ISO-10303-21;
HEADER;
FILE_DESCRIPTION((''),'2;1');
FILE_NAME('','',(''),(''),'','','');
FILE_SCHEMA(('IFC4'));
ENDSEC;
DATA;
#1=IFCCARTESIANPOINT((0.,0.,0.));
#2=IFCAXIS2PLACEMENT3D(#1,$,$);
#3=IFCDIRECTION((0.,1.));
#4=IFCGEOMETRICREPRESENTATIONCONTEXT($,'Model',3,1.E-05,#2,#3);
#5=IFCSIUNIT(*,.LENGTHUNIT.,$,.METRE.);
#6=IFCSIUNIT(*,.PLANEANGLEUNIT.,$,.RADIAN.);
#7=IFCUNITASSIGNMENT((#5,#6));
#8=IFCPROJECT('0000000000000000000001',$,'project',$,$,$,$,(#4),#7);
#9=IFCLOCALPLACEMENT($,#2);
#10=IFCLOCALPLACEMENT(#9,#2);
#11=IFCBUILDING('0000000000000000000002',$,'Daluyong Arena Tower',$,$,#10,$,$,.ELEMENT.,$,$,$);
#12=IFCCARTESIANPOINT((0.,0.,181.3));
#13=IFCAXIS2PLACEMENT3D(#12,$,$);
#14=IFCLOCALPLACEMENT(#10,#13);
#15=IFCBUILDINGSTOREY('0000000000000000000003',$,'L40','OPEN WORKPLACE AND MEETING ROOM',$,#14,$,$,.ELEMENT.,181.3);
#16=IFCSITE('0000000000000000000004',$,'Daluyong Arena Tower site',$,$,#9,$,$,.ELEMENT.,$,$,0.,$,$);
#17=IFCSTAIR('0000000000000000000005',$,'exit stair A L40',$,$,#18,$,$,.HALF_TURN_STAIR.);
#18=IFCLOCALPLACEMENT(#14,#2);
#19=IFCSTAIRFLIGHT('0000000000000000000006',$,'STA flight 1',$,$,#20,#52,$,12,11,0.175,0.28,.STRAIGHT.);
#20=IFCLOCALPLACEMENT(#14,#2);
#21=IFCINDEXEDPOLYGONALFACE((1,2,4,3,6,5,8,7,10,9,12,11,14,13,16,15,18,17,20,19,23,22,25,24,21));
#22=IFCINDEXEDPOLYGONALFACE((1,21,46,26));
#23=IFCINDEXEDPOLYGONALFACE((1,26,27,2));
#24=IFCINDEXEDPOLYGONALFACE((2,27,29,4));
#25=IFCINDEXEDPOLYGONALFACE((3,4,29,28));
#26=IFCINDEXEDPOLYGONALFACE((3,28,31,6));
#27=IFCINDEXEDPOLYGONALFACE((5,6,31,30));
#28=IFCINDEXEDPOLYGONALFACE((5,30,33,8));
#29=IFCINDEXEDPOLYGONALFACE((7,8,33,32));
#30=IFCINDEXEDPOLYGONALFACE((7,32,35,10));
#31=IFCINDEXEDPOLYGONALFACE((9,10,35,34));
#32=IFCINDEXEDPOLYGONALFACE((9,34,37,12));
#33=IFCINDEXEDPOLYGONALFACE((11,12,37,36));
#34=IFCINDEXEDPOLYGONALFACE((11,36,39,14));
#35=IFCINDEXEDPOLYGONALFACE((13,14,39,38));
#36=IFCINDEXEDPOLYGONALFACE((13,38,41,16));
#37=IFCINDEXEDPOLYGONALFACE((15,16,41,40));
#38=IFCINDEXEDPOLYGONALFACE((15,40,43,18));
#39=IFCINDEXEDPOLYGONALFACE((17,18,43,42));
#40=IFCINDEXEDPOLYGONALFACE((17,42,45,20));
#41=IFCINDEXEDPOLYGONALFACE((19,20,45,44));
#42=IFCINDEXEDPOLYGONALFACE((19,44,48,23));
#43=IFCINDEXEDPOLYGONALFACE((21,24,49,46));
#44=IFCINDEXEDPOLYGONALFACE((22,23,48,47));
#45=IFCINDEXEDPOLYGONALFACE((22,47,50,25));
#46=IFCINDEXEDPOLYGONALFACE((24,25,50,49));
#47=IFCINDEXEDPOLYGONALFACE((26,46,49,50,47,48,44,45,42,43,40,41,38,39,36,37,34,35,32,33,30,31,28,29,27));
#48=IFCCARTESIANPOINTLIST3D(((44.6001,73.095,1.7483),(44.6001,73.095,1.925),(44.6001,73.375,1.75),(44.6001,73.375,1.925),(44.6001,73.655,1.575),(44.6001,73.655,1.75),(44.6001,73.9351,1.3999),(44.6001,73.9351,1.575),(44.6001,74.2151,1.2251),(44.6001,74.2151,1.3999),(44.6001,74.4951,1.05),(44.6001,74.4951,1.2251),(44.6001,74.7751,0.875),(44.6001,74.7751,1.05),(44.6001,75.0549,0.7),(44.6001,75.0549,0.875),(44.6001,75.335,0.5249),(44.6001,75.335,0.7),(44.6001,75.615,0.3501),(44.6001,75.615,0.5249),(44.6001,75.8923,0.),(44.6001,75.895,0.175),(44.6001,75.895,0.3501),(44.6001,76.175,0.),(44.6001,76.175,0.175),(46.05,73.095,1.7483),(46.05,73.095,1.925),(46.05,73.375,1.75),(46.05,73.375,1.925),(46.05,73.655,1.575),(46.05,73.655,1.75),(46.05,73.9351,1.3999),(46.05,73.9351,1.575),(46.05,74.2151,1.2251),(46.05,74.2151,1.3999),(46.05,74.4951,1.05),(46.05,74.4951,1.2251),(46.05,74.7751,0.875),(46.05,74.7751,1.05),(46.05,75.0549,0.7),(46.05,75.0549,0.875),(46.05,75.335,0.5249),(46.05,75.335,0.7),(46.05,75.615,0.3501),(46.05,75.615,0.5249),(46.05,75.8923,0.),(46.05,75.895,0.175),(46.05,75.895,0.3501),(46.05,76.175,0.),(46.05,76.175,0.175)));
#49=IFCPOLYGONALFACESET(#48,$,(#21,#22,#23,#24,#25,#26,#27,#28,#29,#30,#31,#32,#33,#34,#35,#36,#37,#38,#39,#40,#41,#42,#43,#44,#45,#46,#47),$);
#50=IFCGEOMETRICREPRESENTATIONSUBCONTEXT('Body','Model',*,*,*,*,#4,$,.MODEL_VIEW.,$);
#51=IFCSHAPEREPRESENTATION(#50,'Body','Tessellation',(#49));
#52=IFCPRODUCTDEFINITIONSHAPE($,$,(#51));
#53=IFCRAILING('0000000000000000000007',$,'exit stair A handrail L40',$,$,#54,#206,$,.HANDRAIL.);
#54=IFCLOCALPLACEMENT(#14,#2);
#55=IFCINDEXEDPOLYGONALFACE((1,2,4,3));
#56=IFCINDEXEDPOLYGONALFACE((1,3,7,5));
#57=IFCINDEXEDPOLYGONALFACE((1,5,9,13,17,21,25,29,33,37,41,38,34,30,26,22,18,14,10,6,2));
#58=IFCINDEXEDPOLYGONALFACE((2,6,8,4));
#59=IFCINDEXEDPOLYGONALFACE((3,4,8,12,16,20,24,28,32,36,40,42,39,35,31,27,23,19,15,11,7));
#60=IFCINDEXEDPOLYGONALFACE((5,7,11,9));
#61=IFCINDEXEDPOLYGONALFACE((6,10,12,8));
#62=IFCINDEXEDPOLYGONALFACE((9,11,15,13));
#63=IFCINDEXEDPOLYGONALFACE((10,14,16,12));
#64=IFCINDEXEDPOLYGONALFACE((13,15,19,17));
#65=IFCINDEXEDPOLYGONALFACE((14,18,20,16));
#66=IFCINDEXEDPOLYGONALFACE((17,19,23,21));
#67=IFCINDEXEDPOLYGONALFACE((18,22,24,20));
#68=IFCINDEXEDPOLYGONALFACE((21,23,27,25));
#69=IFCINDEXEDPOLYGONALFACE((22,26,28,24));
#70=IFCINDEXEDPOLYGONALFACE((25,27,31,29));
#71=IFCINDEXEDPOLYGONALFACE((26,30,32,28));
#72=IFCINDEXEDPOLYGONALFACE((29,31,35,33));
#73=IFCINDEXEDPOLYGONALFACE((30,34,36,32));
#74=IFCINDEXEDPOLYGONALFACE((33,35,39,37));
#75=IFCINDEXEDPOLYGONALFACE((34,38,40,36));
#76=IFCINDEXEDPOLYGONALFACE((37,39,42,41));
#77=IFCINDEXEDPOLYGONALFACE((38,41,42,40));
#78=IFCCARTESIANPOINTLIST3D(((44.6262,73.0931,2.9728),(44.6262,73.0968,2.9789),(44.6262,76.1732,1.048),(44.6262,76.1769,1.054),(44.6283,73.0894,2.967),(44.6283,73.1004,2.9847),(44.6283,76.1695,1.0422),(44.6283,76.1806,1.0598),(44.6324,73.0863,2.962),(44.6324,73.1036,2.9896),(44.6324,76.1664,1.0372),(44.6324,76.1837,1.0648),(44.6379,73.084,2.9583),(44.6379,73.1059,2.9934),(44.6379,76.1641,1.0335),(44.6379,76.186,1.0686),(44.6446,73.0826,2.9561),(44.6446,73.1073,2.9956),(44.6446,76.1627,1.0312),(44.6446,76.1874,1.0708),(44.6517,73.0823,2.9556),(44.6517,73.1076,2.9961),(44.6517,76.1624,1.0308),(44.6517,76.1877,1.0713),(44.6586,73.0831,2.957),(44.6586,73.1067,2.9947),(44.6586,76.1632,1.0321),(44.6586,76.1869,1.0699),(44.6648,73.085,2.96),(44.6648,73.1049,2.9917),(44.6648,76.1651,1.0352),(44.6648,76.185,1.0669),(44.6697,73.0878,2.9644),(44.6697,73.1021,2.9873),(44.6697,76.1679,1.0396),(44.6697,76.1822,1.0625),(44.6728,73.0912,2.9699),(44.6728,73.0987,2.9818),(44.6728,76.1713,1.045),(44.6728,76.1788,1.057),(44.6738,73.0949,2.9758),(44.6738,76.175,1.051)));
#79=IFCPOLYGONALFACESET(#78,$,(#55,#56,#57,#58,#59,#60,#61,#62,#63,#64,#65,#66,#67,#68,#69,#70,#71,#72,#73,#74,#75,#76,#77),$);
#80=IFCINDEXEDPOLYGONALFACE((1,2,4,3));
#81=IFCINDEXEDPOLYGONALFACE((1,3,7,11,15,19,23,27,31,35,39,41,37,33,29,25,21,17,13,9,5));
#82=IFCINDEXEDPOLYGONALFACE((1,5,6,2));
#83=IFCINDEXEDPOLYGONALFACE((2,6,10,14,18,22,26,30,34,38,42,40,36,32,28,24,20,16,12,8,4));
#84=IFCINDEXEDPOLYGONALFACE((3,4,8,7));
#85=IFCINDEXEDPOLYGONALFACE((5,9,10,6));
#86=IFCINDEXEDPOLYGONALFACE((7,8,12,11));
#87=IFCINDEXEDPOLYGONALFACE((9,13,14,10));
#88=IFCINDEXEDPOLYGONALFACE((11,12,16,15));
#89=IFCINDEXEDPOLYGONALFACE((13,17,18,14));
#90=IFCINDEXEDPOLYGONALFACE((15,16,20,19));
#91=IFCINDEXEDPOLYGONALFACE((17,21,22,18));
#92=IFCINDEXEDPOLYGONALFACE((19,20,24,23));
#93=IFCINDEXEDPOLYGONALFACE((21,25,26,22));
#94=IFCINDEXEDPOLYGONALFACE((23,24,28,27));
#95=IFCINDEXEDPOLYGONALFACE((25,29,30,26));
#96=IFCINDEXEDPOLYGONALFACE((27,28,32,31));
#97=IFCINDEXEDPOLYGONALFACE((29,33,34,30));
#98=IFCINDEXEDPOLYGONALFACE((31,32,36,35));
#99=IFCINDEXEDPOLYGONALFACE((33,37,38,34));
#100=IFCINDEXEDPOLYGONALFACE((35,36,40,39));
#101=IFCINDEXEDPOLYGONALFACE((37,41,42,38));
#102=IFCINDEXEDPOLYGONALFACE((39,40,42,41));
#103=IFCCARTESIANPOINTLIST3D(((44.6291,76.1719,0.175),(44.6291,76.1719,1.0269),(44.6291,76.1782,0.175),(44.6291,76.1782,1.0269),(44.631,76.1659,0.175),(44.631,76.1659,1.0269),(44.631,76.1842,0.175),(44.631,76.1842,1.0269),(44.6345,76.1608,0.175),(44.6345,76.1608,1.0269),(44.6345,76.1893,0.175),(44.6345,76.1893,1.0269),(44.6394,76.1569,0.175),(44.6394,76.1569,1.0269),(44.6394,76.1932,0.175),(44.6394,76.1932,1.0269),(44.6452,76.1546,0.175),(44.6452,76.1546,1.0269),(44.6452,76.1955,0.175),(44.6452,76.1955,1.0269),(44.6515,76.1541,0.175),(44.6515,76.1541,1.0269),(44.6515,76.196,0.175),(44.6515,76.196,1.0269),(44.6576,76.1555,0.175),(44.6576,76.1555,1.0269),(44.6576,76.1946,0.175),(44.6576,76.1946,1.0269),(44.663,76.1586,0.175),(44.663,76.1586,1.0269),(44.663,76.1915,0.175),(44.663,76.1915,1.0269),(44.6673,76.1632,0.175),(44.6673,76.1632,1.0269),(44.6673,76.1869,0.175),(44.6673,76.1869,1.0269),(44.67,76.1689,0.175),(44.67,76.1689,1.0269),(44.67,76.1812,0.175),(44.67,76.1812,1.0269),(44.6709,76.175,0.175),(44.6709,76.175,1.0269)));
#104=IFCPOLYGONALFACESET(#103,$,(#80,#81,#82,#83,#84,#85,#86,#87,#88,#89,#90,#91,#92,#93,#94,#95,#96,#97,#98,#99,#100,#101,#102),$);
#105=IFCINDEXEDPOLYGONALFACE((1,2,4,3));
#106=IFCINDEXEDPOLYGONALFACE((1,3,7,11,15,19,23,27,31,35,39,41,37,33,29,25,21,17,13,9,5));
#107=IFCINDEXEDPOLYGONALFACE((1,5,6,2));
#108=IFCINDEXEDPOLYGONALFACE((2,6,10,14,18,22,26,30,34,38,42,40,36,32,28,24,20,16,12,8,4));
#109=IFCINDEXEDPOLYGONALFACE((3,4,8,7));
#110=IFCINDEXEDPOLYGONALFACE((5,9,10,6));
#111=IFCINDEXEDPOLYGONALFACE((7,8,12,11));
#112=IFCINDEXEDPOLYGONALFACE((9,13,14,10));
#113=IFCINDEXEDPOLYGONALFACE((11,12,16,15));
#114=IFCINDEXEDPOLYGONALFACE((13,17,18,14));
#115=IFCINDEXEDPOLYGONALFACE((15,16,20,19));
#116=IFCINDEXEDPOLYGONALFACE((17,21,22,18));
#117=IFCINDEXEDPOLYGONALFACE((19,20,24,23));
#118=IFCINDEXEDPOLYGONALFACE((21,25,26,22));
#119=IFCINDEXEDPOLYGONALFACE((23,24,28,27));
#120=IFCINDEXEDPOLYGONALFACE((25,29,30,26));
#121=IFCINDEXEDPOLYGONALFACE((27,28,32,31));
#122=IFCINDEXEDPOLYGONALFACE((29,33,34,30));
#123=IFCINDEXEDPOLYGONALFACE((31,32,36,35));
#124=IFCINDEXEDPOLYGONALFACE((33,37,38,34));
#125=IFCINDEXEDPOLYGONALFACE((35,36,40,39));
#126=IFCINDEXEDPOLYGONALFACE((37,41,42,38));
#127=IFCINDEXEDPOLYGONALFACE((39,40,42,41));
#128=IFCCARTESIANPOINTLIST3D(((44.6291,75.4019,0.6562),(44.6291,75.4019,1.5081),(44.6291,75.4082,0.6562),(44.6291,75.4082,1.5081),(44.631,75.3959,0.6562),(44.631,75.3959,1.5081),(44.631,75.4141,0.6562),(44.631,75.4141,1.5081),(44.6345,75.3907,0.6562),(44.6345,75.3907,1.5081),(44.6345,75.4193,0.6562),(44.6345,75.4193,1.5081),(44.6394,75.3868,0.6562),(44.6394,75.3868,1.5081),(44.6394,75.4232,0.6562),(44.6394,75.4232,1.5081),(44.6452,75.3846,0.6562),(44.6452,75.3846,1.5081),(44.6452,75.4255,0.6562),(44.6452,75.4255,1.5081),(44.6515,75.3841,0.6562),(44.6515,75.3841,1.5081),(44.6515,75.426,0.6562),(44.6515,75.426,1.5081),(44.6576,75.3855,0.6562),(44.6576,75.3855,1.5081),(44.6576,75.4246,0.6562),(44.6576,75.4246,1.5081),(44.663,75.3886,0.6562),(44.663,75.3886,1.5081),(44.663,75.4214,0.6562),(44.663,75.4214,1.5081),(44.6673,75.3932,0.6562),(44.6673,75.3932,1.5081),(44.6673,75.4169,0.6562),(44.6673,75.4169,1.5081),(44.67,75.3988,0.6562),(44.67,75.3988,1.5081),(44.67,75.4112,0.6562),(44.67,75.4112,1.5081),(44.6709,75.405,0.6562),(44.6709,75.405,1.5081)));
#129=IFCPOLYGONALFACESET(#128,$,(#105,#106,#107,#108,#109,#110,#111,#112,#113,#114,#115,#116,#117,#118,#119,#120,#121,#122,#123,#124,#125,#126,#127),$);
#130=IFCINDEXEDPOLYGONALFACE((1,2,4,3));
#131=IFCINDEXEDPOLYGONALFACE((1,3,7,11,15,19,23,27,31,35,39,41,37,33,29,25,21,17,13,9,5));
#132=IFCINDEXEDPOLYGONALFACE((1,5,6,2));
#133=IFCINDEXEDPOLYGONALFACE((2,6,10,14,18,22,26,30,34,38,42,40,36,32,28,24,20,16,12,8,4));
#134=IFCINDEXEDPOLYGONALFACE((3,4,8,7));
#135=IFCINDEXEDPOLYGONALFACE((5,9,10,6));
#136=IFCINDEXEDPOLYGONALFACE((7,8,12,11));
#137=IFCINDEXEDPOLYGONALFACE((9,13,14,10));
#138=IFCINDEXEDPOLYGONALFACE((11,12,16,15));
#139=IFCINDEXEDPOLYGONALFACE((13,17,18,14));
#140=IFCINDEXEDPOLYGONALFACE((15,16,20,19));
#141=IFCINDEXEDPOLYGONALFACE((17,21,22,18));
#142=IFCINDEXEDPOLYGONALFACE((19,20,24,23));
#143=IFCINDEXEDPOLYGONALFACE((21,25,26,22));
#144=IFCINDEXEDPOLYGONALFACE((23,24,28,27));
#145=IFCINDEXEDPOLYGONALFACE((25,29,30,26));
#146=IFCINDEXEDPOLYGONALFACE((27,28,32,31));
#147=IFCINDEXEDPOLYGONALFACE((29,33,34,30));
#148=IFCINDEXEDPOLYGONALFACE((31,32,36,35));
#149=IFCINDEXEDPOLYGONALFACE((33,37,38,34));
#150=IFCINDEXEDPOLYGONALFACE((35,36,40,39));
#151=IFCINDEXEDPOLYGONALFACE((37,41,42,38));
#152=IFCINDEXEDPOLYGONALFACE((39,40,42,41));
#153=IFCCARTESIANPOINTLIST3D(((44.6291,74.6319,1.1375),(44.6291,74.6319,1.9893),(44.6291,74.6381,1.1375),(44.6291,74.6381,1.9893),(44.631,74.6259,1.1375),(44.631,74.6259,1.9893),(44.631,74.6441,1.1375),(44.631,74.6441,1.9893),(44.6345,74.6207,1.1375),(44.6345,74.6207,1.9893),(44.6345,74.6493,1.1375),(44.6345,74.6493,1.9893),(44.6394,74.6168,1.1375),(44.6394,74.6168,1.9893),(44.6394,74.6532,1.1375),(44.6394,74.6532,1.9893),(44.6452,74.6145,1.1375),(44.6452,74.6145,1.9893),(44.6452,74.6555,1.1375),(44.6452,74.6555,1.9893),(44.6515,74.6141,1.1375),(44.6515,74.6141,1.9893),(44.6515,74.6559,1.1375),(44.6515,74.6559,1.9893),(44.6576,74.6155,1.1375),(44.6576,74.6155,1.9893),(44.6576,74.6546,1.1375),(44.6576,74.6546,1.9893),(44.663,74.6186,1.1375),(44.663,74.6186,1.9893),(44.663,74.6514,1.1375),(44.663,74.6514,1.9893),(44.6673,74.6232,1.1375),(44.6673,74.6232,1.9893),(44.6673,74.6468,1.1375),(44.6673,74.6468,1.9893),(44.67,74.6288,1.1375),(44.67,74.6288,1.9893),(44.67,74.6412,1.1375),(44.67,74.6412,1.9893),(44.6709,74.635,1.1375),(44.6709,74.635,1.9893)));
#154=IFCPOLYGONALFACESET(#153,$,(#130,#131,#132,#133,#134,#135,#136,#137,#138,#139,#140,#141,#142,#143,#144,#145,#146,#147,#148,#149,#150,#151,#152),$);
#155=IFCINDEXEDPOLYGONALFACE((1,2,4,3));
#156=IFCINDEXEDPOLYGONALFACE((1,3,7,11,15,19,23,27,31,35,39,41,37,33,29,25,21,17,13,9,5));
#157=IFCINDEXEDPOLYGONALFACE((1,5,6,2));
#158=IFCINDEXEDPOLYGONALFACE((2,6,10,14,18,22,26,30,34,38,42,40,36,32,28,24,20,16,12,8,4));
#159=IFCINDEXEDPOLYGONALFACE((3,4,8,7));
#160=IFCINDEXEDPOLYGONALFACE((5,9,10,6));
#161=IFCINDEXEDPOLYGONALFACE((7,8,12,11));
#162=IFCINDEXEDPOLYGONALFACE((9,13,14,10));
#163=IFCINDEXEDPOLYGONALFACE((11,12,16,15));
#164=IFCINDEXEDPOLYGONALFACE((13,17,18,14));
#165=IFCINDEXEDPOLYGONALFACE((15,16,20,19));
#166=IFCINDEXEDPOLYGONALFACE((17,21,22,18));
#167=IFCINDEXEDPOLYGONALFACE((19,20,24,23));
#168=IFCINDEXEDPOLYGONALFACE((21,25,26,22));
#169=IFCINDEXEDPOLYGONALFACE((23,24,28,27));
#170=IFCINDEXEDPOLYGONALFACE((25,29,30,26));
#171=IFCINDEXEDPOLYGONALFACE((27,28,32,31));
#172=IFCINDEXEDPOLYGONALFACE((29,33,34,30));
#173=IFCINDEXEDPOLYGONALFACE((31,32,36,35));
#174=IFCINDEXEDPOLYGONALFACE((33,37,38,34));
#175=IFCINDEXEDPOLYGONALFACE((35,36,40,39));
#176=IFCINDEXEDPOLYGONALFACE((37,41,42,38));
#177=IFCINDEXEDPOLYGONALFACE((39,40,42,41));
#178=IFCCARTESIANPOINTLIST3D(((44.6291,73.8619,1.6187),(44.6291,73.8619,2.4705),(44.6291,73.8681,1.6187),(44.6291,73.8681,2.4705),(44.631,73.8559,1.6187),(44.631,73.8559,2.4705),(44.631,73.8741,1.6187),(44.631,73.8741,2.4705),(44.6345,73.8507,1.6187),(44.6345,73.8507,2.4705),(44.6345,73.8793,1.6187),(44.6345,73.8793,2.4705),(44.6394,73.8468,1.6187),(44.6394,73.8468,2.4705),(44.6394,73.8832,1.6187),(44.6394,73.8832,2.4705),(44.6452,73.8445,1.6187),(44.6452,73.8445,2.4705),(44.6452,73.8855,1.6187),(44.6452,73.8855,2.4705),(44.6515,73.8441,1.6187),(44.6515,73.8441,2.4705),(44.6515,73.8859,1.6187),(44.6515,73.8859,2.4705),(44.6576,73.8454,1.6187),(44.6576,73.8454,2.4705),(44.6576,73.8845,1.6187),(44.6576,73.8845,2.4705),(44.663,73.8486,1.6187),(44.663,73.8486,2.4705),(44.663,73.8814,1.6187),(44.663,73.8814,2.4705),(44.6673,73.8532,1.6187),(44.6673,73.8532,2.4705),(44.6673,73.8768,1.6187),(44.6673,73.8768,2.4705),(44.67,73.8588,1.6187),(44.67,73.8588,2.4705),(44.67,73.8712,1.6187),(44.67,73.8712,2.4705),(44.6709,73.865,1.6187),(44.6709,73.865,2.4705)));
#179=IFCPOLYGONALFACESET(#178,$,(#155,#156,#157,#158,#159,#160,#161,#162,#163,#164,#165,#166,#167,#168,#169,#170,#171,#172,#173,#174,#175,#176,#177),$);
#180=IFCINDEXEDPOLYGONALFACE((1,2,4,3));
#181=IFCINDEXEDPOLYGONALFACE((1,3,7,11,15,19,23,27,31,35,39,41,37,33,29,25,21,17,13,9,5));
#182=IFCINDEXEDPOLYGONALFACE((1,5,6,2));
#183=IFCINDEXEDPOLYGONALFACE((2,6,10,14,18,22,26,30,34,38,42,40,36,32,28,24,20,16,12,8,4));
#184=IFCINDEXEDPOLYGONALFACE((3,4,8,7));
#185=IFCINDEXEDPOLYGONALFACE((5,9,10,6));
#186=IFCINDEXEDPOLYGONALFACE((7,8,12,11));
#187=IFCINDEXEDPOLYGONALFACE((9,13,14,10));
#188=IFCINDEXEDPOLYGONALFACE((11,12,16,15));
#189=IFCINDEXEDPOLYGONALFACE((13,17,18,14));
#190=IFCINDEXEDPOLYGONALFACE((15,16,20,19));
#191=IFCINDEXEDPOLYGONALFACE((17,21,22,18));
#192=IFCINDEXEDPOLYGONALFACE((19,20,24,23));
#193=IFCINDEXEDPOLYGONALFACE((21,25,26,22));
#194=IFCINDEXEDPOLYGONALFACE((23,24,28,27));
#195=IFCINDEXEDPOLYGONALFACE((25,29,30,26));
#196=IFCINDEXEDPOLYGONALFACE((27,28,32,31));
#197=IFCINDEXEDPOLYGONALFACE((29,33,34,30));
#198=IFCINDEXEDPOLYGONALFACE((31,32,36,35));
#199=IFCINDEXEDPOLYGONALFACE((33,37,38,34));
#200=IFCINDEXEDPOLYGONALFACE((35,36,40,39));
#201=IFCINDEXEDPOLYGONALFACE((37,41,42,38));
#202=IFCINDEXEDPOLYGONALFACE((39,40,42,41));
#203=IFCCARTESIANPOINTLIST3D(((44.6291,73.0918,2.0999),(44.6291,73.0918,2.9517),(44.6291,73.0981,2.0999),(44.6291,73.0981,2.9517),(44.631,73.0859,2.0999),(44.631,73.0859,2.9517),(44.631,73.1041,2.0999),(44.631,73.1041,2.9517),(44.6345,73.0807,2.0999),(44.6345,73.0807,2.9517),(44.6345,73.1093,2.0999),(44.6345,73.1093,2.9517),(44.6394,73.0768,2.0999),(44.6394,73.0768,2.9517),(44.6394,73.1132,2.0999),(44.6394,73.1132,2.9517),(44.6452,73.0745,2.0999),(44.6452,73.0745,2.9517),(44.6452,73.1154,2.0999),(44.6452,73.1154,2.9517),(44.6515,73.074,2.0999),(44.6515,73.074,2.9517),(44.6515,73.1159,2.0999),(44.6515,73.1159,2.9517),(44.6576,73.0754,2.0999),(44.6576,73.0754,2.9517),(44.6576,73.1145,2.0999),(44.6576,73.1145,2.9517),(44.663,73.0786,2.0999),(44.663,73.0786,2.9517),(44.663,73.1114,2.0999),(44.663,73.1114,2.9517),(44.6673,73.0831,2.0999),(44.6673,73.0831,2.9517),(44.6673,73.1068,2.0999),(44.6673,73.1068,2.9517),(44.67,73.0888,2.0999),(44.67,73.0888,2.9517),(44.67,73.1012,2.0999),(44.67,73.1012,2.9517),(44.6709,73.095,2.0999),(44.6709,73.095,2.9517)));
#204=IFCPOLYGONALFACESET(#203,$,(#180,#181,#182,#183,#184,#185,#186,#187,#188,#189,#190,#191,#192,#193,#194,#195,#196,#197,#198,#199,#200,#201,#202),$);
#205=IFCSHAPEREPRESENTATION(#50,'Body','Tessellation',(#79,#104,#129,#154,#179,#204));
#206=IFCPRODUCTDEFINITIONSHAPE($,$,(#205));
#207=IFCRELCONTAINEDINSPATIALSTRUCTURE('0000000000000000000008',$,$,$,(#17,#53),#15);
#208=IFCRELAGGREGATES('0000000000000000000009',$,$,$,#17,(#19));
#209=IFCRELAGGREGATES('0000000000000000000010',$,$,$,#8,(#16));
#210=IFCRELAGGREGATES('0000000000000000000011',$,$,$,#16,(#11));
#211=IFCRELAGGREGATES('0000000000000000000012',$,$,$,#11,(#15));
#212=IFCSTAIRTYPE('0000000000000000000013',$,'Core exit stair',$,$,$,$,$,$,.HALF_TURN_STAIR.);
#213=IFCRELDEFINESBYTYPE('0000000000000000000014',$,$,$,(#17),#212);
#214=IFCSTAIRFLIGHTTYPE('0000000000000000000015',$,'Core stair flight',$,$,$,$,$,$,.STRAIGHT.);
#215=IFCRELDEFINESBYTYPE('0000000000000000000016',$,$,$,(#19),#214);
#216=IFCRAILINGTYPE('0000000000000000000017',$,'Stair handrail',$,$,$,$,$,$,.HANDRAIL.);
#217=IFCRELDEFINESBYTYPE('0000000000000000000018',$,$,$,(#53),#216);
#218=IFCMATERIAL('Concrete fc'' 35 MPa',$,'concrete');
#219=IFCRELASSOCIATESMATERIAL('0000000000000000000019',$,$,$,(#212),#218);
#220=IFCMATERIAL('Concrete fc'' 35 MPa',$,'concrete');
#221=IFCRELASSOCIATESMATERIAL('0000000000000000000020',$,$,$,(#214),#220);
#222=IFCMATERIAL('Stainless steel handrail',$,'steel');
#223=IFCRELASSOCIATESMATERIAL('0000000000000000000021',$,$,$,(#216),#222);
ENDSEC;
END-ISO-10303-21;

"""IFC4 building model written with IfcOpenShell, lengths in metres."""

from ifc_helpers import new_model, si_unit, direction, frame, origin, origin_2d, place, context, subcontext, project, spatial, polyline, circle, outline, extrude, material, type_object, element, aggregate, save


model = new_model("IFC4")

# Units and contexts
model_context = context("Model", 3, precision=1e-05, world=origin(), true_north=direction((0.0, 1.0)))
body_context = subcontext(model_context, "Body", "Model", "MODEL_VIEW")
ifc_project = project(units=[si_unit("LENGTHUNIT", "METRE"), si_unit("PLANEANGLEUNIT", "RADIAN")], contexts=[model_context])

# Site, building, storey
site_placement = place(None, origin())
site = spatial("IfcSite", under=ifc_project, at=site_placement, Name="Daluyong Arena Tower site", CompositionType="ELEMENT", RefElevation=0.0)
building_placement = place(site_placement, origin())
building = spatial("IfcBuilding", under=site, at=building_placement, Name="Daluyong Arena Tower", CompositionType="ELEMENT")
storey_placement = place(building_placement, frame((0.0, 0.0, 181.3)))
storey = spatial("IfcBuildingStorey", under=building, at=storey_placement, Name="L40", Description="OPEN WORKPLACE AND MEETING ROOM", CompositionType="ELEMENT", Elevation=181.3)

# Stair, stair flight
ifc_material_1 = material(Name="Concrete fc' 35 MPa", Category="concrete")
stair_type = type_object("IfcStairType", Name="Core exit stair", PredefinedType="HALF_TURN_STAIR", material=ifc_material_1)
stair_placement = place(storey_placement, origin())
stair = element("IfcStair", 1, at=stair_placement, inside=storey, type_object=stair_type, Name="exit stair A L40", PredefinedType="HALF_TURN_STAIR")
ifc_material_2 = material(Name="Concrete fc' 35 MPa", Category="concrete")
stair_flight_type = type_object("IfcStairFlightType", Name="Core stair flight", PredefinedType="STRAIGHT", material=ifc_material_2)
stair_flight_placement = place(storey_placement, frame((45.325, 76.175, 0.0), z_axis=(0.0, 0.0, 1.0), x_axis=(0.0, -1.0, 0.0)))
stair_flight = element("IfcStairFlight", 2, at=stair_flight_placement, type_object=stair_flight_type, Name="STA flight 1", NumberOfRisers=12, NumberOfTreads=11, PredefinedType="STRAIGHT", RiserHeight=0.175, TreadLength=0.28, context=body_context, shape_type="SweptSolid", body=[
    extrude(outline(polyline([(0.0, 0.0), (0.0, 0.175), (0.28, 0.175), (0.28, 0.3501), (0.5601, 0.3501), (0.5601, 0.5249), (0.8401, 0.5249), (0.8401, 0.7), (1.1201, 0.7), (1.1201, 0.875), (1.3999, 0.875), (1.3999, 1.05), (1.6799, 1.05), (1.6799, 1.2251), (1.96, 1.2251), (1.96, 1.3999), (2.24, 1.3999), (2.24, 1.575), (2.52, 1.575), (2.52, 1.75), (2.8, 1.75), (2.8, 1.925), (3.0801, 1.925), (3.0801, 2.1001), (3.0801, 1.7483), (0.2827, 0.0), (0.0, 0.0)])), frame((0.0, 0.7251, 0.0), z_axis=(0.0, -1.0, 0.0), x_axis=(1.0, 0.0, 0.0)), (0.0, 0.0, 1.0), 1.45),
])
aggregate(stair, [stair_flight])

# Railing
ifc_material_3 = material(Name="Stainless steel handrail", Category="steel")
railing_type_1 = type_object("IfcRailingType", Name="Stair handrail", PredefinedType="HANDRAIL", material=ifc_material_3)
railing_1_placement = place(storey_placement, frame((44.6499, 76.175, 0.175)))
element("IfcRailing", 3, at=railing_1_placement, inside=storey, type_object=railing_type_1, Name="exit stair A handrail L40", PredefinedType="HANDRAIL", context=body_context, shape_type="SweptSolid", body=[
    extrude(circle(Radius=0.0239, at=origin_2d()), frame((0.0, 0.0, 0.876), z_axis=(0.0, -0.848029, 0.529951), x_axis=(1.0, 0.0, 0.0)), (0.0, 0.0, 1.0), 3.6321),
    extrude(circle(Radius=0.021, at=origin_2d()), origin(), (0.0, 0.0, 1.0), 0.8518),
    extrude(circle(Radius=0.021, at=origin_2d()), frame((0.0, -0.77, 0.4812)), (0.0, 0.0, 1.0), 0.8518),
    extrude(circle(Radius=0.021, at=origin_2d()), frame((0.0, -1.54, 0.9624)), (0.0, 0.0, 1.0), 0.8518),
    extrude(circle(Radius=0.021, at=origin_2d()), frame((0.0, -2.3101, 1.4436)), (0.0, 0.0, 1.0), 0.8518),
    extrude(circle(Radius=0.021, at=origin_2d()), frame((0.0, -3.0801, 1.9248)), (0.0, 0.0, 1.0), 0.8518),
])

save(model, "model.ifc")
